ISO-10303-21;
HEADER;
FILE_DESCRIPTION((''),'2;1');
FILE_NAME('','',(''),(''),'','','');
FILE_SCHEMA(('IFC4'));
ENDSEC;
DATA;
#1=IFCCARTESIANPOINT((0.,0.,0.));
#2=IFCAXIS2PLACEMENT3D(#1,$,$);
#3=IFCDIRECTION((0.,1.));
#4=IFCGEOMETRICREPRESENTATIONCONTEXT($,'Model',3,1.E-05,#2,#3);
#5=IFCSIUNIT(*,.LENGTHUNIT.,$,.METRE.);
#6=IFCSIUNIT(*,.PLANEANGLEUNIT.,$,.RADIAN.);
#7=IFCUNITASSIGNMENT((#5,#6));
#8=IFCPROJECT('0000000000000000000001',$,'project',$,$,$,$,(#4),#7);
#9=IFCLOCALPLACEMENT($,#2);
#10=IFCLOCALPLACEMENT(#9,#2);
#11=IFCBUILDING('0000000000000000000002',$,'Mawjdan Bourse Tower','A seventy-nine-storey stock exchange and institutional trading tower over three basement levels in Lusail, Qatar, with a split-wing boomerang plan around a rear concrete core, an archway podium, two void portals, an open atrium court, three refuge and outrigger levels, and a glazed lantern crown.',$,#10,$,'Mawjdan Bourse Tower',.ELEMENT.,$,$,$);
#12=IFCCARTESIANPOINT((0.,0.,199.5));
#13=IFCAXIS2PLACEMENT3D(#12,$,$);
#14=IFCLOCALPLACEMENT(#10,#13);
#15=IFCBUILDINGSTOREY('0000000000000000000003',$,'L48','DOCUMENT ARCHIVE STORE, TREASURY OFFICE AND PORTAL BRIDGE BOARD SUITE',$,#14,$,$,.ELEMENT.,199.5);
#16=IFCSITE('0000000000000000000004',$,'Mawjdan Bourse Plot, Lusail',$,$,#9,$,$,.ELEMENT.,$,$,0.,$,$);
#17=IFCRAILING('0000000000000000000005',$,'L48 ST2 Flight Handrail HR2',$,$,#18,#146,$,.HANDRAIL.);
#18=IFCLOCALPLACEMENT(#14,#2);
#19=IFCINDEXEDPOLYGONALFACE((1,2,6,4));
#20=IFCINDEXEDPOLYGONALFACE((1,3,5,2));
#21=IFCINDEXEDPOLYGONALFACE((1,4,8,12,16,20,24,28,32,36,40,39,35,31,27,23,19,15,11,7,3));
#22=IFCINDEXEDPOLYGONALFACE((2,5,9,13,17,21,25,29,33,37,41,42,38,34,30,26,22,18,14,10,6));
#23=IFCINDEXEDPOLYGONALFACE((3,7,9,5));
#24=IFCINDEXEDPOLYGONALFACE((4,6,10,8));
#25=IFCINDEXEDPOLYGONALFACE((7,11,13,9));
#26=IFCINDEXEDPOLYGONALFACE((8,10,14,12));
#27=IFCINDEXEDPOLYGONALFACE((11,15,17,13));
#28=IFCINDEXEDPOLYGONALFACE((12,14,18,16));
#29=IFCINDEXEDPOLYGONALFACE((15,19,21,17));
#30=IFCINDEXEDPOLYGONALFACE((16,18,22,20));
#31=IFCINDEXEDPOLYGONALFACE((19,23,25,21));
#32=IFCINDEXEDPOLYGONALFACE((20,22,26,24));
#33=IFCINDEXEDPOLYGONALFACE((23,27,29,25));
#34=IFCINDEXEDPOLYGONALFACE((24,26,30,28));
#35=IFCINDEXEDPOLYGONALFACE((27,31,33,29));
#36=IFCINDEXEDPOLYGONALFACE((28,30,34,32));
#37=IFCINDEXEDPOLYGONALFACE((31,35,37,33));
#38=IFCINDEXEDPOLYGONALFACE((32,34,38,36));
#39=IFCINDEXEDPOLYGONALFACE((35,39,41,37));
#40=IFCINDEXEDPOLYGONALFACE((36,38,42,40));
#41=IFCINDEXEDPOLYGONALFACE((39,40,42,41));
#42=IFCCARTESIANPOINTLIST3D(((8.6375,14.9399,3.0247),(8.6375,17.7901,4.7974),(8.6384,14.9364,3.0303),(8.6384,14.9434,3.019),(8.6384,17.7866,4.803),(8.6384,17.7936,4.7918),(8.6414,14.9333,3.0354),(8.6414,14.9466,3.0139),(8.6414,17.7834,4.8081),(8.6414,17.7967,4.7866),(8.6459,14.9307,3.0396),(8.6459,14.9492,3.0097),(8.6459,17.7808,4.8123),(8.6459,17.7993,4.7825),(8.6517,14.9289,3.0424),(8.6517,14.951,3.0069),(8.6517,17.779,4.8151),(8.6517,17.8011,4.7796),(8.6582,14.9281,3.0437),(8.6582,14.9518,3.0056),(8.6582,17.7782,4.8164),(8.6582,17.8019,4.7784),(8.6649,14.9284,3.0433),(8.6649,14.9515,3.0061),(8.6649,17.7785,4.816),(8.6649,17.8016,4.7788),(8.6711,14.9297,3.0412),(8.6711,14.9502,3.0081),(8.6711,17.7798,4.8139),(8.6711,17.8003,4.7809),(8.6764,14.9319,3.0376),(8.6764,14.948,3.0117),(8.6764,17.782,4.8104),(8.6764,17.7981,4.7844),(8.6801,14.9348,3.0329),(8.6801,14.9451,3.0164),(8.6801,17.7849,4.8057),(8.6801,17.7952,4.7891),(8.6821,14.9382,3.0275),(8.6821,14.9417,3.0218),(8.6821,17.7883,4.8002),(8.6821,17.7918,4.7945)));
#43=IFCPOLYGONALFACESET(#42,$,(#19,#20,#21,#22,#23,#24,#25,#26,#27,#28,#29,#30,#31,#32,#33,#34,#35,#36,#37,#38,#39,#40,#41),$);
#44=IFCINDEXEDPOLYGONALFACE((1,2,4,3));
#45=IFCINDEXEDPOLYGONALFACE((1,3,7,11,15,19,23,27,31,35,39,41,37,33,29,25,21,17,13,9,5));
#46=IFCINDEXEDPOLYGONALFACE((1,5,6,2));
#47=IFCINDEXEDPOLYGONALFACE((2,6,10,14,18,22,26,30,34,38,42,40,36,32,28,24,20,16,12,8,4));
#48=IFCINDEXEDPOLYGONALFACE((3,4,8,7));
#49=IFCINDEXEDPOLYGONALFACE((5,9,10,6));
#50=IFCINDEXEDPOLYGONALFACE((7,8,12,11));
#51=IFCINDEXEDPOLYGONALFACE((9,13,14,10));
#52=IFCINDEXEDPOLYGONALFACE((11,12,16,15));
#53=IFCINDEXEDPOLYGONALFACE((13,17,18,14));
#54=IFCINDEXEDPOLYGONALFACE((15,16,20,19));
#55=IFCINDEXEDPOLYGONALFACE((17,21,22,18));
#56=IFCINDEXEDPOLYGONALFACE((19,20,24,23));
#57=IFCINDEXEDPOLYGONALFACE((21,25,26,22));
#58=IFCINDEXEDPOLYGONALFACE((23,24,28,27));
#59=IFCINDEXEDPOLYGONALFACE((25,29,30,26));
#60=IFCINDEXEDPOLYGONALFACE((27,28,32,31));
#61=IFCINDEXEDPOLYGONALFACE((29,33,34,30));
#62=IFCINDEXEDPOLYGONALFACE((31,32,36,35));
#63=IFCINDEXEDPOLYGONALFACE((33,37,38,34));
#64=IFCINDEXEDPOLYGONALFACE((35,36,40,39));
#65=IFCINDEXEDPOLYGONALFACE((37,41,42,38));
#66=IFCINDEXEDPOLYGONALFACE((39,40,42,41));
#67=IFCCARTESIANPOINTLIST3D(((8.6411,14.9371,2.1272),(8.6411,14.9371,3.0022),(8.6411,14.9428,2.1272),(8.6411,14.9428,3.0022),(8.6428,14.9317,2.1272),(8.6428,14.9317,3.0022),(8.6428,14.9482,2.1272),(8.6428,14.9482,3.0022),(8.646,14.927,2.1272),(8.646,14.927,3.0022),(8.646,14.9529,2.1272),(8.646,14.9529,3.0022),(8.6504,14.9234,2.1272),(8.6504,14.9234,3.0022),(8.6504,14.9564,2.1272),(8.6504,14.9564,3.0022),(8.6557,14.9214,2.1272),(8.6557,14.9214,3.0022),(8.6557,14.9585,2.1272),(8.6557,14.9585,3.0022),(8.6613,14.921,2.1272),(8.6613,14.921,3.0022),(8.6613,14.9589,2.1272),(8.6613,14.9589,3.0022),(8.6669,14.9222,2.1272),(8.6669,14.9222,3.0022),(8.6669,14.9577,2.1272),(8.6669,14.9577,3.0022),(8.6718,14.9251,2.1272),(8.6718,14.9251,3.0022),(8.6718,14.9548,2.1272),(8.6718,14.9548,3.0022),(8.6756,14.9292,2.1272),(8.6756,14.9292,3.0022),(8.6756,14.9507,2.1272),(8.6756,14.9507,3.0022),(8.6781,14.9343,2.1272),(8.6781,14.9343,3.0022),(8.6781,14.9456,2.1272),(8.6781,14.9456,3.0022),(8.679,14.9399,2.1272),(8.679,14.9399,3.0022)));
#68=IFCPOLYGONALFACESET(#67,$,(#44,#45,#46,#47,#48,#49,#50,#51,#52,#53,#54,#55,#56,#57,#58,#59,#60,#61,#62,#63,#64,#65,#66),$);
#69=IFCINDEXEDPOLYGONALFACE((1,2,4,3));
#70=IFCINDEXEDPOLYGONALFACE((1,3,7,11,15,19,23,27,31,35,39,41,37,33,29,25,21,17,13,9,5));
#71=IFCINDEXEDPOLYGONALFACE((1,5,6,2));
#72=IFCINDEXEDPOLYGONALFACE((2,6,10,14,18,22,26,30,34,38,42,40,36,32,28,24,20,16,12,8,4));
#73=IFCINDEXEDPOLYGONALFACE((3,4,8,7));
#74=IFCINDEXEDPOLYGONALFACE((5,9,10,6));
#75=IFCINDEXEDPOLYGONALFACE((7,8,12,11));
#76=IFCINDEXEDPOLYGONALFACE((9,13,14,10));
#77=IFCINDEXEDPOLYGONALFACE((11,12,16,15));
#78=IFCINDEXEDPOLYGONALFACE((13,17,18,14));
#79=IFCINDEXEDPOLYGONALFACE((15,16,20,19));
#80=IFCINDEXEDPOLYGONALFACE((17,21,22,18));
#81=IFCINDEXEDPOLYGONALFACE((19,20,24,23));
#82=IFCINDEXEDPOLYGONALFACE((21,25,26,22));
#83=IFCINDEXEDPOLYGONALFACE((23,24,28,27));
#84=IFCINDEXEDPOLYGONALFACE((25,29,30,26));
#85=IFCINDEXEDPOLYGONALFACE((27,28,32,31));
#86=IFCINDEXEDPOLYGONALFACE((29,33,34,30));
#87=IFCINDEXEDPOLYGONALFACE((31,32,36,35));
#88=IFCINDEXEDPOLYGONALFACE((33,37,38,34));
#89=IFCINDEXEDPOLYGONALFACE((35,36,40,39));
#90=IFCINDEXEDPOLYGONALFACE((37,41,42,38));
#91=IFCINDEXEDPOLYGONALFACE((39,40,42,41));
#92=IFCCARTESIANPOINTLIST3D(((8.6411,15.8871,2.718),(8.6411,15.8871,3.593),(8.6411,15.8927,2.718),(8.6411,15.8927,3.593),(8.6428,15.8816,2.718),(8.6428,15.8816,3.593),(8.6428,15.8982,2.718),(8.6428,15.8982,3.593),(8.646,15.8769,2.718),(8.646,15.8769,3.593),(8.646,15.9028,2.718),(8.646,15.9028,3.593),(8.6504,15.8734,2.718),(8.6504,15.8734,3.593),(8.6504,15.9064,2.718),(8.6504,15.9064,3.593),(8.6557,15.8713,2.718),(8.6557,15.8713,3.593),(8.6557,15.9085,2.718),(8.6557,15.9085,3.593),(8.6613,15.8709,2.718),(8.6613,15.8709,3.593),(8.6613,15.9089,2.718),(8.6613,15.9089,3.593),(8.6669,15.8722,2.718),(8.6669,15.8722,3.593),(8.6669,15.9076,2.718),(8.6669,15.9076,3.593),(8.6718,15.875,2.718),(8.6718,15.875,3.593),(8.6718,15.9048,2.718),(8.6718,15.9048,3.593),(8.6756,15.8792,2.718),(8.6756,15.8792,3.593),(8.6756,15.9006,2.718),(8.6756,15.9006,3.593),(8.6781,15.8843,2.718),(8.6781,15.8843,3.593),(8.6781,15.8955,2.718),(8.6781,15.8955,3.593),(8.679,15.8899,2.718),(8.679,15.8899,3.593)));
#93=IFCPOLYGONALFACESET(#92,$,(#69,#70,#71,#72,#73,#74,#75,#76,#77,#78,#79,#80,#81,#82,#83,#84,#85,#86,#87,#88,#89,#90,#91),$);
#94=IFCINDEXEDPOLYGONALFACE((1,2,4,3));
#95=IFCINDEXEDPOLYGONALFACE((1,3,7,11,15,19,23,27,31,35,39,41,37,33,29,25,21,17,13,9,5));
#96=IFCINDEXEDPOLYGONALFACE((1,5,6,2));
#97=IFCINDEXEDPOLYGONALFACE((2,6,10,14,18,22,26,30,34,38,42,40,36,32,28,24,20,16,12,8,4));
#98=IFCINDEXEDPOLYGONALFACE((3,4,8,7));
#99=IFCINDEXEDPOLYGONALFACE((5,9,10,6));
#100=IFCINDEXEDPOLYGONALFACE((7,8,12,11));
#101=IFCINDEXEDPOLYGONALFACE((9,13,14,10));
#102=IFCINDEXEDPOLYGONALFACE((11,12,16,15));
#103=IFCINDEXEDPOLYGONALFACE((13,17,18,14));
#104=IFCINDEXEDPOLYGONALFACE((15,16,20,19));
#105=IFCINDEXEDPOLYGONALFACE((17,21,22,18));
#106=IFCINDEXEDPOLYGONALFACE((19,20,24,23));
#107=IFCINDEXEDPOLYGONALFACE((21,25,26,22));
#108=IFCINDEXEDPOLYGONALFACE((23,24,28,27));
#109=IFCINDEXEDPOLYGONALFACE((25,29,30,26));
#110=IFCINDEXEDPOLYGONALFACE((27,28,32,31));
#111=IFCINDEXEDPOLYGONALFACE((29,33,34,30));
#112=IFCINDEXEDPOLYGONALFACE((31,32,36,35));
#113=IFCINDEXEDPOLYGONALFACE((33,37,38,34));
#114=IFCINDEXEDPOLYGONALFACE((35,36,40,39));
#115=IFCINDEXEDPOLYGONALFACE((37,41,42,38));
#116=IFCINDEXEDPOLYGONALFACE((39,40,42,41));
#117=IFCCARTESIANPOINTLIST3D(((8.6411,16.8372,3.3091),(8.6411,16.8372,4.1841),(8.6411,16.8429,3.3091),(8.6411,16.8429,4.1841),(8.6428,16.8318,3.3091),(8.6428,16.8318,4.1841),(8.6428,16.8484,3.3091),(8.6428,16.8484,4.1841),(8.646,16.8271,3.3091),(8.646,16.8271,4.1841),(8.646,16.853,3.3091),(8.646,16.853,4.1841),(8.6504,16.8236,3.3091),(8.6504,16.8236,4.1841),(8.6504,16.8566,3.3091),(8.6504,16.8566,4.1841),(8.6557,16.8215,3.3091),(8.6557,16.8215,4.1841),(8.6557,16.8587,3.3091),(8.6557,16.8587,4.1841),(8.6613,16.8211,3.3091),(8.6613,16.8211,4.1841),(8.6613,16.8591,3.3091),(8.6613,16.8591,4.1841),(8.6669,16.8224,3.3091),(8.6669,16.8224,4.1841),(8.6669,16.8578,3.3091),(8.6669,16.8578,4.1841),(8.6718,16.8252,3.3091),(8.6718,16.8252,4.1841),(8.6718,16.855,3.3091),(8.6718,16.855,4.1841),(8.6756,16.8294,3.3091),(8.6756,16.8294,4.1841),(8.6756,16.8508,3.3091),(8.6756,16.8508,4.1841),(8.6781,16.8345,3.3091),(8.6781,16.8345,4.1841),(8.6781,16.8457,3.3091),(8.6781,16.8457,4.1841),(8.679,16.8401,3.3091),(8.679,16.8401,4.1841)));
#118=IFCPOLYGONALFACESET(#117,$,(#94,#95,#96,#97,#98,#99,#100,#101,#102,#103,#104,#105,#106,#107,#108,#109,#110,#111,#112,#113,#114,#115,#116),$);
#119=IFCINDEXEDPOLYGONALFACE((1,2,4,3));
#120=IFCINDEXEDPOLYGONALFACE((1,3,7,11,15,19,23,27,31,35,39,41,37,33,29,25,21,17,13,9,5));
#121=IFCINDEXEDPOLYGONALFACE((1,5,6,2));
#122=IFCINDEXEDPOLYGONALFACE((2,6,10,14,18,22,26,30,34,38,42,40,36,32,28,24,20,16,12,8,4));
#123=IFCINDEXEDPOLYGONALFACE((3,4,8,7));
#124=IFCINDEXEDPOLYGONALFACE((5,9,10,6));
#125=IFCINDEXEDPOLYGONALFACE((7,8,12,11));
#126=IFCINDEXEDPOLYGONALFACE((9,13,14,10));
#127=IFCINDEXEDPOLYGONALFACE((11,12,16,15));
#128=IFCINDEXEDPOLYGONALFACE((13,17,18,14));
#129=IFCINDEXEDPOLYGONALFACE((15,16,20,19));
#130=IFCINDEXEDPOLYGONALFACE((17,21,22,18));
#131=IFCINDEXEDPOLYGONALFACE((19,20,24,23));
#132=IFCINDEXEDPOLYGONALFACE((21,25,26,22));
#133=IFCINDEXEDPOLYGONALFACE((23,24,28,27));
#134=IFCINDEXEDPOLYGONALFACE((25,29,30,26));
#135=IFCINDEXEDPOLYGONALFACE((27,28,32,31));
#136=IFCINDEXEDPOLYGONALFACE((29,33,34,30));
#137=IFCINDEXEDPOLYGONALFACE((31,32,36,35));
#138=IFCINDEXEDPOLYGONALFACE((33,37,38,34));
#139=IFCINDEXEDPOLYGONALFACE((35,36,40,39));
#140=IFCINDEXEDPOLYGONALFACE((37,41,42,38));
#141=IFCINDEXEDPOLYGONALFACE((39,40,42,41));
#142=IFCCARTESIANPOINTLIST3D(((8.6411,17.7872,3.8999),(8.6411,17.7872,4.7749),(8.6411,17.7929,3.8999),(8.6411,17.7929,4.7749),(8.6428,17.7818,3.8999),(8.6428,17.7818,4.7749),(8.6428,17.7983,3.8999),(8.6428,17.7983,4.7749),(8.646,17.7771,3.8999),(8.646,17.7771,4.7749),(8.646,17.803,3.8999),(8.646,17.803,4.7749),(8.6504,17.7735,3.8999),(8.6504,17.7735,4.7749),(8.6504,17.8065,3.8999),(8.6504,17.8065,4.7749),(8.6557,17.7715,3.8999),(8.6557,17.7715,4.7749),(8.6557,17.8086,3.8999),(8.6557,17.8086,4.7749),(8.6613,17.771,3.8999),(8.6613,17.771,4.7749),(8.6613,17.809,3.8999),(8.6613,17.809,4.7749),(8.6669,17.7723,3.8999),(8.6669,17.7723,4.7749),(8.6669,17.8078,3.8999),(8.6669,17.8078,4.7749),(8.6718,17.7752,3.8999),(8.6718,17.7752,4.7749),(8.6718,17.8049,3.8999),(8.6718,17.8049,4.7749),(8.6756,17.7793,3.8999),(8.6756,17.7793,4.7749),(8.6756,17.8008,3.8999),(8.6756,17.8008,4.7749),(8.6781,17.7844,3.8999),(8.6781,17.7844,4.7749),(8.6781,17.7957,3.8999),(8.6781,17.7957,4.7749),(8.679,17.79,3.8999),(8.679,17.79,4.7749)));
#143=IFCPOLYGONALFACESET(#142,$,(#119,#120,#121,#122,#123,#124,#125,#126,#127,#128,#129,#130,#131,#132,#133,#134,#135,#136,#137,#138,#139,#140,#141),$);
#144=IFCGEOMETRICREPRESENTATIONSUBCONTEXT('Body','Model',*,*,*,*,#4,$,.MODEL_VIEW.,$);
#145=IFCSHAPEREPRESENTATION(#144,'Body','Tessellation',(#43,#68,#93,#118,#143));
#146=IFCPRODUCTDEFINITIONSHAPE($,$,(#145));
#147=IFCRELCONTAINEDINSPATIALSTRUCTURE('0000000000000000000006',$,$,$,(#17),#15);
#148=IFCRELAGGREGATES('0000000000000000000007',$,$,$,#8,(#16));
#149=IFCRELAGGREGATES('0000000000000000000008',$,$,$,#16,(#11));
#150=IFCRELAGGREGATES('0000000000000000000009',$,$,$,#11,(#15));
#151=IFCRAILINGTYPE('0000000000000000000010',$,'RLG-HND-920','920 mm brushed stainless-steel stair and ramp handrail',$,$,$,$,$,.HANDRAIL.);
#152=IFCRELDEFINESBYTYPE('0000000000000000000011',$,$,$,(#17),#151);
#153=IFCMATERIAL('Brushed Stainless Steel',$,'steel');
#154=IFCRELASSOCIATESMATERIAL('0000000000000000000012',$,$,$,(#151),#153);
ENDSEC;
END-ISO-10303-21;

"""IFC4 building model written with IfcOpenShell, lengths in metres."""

from ifc_helpers import new_model, si_unit, direction, frame, origin, origin_2d, place, context, subcontext, project, spatial, circle, extrude, material, type_object, element, save


model = new_model("IFC4")

# Units and contexts
model_context = context("Model", 3, precision=1e-05, world=origin(), true_north=direction((0.0, 1.0)))
body_context = subcontext(model_context, "Body", "Model", "MODEL_VIEW")
ifc_project = project(units=[si_unit("LENGTHUNIT", "METRE"), si_unit("PLANEANGLEUNIT", "RADIAN")], contexts=[model_context])

# Site, building, storey
site_placement = place(None, origin())
site = spatial("IfcSite", under=ifc_project, at=site_placement, Name="Mawjdan Bourse Plot, Lusail", CompositionType="ELEMENT", RefElevation=0.0)
building_placement = place(site_placement, origin())
building = spatial("IfcBuilding", under=site, at=building_placement, Name="Mawjdan Bourse Tower", Description="A seventy-nine-storey stock exchange and institutional trading tower over three basement levels in Lusail, Qatar, with a split-wing boomerang plan around a rear concrete core, an archway podium, two void portals, an open atrium court, three refuge and outrigger levels, and a glazed lantern crown.", LongName="Mawjdan Bourse Tower", CompositionType="ELEMENT")
storey_placement = place(building_placement, frame((0.0, 0.0, 199.5)))
storey = spatial("IfcBuildingStorey", under=building, at=storey_placement, Name="L48", Description="DOCUMENT ARCHIVE STORE, TREASURY OFFICE AND PORTAL BRIDGE BOARD SUITE", CompositionType="ELEMENT", Elevation=199.5)

# Railing
ifc_material_1 = material(Name="Brushed Stainless Steel", Category="steel")
railing_type_1 = type_object("IfcRailingType", Name="RLG-HND-920", Description="920 mm brushed stainless-steel stair and ramp handrail", PredefinedType="HANDRAIL", material=ifc_material_1)
railing_1_placement = place(storey_placement, frame((8.6599, 14.9399, 2.1272)))
element("IfcRailing", 1, at=railing_1_placement, inside=storey, type_object=railing_type_1, Name="L48 ST2 Flight Handrail HR2", PredefinedType="HANDRAIL", context=body_context, shape_type="SweptSolid", body=[
    extrude(circle(Radius=0.0225, at=origin_2d()), frame((0.0, 0.0, 0.8975), z_axis=(0.0, 0.849149, 0.528154), x_axis=(-1.0, 0.0, 0.0)), (0.0, 0.0, 1.0), 3.3564),
    extrude(circle(Radius=0.019, at=origin_2d()), origin(), (0.0, 0.0, 1.0), 0.875),
    extrude(circle(Radius=0.019, at=origin_2d()), frame((0.0, 0.95, 0.5908)), (0.0, 0.0, 1.0), 0.875),
    extrude(circle(Radius=0.019, at=origin_2d()), frame((0.0, 1.9001, 1.1819)), (0.0, 0.0, 1.0), 0.875),
    extrude(circle(Radius=0.019, at=origin_2d()), frame((0.0, 2.8501, 1.7727)), (0.0, 0.0, 1.0), 0.875),
])

save(model, "model.ifc")
